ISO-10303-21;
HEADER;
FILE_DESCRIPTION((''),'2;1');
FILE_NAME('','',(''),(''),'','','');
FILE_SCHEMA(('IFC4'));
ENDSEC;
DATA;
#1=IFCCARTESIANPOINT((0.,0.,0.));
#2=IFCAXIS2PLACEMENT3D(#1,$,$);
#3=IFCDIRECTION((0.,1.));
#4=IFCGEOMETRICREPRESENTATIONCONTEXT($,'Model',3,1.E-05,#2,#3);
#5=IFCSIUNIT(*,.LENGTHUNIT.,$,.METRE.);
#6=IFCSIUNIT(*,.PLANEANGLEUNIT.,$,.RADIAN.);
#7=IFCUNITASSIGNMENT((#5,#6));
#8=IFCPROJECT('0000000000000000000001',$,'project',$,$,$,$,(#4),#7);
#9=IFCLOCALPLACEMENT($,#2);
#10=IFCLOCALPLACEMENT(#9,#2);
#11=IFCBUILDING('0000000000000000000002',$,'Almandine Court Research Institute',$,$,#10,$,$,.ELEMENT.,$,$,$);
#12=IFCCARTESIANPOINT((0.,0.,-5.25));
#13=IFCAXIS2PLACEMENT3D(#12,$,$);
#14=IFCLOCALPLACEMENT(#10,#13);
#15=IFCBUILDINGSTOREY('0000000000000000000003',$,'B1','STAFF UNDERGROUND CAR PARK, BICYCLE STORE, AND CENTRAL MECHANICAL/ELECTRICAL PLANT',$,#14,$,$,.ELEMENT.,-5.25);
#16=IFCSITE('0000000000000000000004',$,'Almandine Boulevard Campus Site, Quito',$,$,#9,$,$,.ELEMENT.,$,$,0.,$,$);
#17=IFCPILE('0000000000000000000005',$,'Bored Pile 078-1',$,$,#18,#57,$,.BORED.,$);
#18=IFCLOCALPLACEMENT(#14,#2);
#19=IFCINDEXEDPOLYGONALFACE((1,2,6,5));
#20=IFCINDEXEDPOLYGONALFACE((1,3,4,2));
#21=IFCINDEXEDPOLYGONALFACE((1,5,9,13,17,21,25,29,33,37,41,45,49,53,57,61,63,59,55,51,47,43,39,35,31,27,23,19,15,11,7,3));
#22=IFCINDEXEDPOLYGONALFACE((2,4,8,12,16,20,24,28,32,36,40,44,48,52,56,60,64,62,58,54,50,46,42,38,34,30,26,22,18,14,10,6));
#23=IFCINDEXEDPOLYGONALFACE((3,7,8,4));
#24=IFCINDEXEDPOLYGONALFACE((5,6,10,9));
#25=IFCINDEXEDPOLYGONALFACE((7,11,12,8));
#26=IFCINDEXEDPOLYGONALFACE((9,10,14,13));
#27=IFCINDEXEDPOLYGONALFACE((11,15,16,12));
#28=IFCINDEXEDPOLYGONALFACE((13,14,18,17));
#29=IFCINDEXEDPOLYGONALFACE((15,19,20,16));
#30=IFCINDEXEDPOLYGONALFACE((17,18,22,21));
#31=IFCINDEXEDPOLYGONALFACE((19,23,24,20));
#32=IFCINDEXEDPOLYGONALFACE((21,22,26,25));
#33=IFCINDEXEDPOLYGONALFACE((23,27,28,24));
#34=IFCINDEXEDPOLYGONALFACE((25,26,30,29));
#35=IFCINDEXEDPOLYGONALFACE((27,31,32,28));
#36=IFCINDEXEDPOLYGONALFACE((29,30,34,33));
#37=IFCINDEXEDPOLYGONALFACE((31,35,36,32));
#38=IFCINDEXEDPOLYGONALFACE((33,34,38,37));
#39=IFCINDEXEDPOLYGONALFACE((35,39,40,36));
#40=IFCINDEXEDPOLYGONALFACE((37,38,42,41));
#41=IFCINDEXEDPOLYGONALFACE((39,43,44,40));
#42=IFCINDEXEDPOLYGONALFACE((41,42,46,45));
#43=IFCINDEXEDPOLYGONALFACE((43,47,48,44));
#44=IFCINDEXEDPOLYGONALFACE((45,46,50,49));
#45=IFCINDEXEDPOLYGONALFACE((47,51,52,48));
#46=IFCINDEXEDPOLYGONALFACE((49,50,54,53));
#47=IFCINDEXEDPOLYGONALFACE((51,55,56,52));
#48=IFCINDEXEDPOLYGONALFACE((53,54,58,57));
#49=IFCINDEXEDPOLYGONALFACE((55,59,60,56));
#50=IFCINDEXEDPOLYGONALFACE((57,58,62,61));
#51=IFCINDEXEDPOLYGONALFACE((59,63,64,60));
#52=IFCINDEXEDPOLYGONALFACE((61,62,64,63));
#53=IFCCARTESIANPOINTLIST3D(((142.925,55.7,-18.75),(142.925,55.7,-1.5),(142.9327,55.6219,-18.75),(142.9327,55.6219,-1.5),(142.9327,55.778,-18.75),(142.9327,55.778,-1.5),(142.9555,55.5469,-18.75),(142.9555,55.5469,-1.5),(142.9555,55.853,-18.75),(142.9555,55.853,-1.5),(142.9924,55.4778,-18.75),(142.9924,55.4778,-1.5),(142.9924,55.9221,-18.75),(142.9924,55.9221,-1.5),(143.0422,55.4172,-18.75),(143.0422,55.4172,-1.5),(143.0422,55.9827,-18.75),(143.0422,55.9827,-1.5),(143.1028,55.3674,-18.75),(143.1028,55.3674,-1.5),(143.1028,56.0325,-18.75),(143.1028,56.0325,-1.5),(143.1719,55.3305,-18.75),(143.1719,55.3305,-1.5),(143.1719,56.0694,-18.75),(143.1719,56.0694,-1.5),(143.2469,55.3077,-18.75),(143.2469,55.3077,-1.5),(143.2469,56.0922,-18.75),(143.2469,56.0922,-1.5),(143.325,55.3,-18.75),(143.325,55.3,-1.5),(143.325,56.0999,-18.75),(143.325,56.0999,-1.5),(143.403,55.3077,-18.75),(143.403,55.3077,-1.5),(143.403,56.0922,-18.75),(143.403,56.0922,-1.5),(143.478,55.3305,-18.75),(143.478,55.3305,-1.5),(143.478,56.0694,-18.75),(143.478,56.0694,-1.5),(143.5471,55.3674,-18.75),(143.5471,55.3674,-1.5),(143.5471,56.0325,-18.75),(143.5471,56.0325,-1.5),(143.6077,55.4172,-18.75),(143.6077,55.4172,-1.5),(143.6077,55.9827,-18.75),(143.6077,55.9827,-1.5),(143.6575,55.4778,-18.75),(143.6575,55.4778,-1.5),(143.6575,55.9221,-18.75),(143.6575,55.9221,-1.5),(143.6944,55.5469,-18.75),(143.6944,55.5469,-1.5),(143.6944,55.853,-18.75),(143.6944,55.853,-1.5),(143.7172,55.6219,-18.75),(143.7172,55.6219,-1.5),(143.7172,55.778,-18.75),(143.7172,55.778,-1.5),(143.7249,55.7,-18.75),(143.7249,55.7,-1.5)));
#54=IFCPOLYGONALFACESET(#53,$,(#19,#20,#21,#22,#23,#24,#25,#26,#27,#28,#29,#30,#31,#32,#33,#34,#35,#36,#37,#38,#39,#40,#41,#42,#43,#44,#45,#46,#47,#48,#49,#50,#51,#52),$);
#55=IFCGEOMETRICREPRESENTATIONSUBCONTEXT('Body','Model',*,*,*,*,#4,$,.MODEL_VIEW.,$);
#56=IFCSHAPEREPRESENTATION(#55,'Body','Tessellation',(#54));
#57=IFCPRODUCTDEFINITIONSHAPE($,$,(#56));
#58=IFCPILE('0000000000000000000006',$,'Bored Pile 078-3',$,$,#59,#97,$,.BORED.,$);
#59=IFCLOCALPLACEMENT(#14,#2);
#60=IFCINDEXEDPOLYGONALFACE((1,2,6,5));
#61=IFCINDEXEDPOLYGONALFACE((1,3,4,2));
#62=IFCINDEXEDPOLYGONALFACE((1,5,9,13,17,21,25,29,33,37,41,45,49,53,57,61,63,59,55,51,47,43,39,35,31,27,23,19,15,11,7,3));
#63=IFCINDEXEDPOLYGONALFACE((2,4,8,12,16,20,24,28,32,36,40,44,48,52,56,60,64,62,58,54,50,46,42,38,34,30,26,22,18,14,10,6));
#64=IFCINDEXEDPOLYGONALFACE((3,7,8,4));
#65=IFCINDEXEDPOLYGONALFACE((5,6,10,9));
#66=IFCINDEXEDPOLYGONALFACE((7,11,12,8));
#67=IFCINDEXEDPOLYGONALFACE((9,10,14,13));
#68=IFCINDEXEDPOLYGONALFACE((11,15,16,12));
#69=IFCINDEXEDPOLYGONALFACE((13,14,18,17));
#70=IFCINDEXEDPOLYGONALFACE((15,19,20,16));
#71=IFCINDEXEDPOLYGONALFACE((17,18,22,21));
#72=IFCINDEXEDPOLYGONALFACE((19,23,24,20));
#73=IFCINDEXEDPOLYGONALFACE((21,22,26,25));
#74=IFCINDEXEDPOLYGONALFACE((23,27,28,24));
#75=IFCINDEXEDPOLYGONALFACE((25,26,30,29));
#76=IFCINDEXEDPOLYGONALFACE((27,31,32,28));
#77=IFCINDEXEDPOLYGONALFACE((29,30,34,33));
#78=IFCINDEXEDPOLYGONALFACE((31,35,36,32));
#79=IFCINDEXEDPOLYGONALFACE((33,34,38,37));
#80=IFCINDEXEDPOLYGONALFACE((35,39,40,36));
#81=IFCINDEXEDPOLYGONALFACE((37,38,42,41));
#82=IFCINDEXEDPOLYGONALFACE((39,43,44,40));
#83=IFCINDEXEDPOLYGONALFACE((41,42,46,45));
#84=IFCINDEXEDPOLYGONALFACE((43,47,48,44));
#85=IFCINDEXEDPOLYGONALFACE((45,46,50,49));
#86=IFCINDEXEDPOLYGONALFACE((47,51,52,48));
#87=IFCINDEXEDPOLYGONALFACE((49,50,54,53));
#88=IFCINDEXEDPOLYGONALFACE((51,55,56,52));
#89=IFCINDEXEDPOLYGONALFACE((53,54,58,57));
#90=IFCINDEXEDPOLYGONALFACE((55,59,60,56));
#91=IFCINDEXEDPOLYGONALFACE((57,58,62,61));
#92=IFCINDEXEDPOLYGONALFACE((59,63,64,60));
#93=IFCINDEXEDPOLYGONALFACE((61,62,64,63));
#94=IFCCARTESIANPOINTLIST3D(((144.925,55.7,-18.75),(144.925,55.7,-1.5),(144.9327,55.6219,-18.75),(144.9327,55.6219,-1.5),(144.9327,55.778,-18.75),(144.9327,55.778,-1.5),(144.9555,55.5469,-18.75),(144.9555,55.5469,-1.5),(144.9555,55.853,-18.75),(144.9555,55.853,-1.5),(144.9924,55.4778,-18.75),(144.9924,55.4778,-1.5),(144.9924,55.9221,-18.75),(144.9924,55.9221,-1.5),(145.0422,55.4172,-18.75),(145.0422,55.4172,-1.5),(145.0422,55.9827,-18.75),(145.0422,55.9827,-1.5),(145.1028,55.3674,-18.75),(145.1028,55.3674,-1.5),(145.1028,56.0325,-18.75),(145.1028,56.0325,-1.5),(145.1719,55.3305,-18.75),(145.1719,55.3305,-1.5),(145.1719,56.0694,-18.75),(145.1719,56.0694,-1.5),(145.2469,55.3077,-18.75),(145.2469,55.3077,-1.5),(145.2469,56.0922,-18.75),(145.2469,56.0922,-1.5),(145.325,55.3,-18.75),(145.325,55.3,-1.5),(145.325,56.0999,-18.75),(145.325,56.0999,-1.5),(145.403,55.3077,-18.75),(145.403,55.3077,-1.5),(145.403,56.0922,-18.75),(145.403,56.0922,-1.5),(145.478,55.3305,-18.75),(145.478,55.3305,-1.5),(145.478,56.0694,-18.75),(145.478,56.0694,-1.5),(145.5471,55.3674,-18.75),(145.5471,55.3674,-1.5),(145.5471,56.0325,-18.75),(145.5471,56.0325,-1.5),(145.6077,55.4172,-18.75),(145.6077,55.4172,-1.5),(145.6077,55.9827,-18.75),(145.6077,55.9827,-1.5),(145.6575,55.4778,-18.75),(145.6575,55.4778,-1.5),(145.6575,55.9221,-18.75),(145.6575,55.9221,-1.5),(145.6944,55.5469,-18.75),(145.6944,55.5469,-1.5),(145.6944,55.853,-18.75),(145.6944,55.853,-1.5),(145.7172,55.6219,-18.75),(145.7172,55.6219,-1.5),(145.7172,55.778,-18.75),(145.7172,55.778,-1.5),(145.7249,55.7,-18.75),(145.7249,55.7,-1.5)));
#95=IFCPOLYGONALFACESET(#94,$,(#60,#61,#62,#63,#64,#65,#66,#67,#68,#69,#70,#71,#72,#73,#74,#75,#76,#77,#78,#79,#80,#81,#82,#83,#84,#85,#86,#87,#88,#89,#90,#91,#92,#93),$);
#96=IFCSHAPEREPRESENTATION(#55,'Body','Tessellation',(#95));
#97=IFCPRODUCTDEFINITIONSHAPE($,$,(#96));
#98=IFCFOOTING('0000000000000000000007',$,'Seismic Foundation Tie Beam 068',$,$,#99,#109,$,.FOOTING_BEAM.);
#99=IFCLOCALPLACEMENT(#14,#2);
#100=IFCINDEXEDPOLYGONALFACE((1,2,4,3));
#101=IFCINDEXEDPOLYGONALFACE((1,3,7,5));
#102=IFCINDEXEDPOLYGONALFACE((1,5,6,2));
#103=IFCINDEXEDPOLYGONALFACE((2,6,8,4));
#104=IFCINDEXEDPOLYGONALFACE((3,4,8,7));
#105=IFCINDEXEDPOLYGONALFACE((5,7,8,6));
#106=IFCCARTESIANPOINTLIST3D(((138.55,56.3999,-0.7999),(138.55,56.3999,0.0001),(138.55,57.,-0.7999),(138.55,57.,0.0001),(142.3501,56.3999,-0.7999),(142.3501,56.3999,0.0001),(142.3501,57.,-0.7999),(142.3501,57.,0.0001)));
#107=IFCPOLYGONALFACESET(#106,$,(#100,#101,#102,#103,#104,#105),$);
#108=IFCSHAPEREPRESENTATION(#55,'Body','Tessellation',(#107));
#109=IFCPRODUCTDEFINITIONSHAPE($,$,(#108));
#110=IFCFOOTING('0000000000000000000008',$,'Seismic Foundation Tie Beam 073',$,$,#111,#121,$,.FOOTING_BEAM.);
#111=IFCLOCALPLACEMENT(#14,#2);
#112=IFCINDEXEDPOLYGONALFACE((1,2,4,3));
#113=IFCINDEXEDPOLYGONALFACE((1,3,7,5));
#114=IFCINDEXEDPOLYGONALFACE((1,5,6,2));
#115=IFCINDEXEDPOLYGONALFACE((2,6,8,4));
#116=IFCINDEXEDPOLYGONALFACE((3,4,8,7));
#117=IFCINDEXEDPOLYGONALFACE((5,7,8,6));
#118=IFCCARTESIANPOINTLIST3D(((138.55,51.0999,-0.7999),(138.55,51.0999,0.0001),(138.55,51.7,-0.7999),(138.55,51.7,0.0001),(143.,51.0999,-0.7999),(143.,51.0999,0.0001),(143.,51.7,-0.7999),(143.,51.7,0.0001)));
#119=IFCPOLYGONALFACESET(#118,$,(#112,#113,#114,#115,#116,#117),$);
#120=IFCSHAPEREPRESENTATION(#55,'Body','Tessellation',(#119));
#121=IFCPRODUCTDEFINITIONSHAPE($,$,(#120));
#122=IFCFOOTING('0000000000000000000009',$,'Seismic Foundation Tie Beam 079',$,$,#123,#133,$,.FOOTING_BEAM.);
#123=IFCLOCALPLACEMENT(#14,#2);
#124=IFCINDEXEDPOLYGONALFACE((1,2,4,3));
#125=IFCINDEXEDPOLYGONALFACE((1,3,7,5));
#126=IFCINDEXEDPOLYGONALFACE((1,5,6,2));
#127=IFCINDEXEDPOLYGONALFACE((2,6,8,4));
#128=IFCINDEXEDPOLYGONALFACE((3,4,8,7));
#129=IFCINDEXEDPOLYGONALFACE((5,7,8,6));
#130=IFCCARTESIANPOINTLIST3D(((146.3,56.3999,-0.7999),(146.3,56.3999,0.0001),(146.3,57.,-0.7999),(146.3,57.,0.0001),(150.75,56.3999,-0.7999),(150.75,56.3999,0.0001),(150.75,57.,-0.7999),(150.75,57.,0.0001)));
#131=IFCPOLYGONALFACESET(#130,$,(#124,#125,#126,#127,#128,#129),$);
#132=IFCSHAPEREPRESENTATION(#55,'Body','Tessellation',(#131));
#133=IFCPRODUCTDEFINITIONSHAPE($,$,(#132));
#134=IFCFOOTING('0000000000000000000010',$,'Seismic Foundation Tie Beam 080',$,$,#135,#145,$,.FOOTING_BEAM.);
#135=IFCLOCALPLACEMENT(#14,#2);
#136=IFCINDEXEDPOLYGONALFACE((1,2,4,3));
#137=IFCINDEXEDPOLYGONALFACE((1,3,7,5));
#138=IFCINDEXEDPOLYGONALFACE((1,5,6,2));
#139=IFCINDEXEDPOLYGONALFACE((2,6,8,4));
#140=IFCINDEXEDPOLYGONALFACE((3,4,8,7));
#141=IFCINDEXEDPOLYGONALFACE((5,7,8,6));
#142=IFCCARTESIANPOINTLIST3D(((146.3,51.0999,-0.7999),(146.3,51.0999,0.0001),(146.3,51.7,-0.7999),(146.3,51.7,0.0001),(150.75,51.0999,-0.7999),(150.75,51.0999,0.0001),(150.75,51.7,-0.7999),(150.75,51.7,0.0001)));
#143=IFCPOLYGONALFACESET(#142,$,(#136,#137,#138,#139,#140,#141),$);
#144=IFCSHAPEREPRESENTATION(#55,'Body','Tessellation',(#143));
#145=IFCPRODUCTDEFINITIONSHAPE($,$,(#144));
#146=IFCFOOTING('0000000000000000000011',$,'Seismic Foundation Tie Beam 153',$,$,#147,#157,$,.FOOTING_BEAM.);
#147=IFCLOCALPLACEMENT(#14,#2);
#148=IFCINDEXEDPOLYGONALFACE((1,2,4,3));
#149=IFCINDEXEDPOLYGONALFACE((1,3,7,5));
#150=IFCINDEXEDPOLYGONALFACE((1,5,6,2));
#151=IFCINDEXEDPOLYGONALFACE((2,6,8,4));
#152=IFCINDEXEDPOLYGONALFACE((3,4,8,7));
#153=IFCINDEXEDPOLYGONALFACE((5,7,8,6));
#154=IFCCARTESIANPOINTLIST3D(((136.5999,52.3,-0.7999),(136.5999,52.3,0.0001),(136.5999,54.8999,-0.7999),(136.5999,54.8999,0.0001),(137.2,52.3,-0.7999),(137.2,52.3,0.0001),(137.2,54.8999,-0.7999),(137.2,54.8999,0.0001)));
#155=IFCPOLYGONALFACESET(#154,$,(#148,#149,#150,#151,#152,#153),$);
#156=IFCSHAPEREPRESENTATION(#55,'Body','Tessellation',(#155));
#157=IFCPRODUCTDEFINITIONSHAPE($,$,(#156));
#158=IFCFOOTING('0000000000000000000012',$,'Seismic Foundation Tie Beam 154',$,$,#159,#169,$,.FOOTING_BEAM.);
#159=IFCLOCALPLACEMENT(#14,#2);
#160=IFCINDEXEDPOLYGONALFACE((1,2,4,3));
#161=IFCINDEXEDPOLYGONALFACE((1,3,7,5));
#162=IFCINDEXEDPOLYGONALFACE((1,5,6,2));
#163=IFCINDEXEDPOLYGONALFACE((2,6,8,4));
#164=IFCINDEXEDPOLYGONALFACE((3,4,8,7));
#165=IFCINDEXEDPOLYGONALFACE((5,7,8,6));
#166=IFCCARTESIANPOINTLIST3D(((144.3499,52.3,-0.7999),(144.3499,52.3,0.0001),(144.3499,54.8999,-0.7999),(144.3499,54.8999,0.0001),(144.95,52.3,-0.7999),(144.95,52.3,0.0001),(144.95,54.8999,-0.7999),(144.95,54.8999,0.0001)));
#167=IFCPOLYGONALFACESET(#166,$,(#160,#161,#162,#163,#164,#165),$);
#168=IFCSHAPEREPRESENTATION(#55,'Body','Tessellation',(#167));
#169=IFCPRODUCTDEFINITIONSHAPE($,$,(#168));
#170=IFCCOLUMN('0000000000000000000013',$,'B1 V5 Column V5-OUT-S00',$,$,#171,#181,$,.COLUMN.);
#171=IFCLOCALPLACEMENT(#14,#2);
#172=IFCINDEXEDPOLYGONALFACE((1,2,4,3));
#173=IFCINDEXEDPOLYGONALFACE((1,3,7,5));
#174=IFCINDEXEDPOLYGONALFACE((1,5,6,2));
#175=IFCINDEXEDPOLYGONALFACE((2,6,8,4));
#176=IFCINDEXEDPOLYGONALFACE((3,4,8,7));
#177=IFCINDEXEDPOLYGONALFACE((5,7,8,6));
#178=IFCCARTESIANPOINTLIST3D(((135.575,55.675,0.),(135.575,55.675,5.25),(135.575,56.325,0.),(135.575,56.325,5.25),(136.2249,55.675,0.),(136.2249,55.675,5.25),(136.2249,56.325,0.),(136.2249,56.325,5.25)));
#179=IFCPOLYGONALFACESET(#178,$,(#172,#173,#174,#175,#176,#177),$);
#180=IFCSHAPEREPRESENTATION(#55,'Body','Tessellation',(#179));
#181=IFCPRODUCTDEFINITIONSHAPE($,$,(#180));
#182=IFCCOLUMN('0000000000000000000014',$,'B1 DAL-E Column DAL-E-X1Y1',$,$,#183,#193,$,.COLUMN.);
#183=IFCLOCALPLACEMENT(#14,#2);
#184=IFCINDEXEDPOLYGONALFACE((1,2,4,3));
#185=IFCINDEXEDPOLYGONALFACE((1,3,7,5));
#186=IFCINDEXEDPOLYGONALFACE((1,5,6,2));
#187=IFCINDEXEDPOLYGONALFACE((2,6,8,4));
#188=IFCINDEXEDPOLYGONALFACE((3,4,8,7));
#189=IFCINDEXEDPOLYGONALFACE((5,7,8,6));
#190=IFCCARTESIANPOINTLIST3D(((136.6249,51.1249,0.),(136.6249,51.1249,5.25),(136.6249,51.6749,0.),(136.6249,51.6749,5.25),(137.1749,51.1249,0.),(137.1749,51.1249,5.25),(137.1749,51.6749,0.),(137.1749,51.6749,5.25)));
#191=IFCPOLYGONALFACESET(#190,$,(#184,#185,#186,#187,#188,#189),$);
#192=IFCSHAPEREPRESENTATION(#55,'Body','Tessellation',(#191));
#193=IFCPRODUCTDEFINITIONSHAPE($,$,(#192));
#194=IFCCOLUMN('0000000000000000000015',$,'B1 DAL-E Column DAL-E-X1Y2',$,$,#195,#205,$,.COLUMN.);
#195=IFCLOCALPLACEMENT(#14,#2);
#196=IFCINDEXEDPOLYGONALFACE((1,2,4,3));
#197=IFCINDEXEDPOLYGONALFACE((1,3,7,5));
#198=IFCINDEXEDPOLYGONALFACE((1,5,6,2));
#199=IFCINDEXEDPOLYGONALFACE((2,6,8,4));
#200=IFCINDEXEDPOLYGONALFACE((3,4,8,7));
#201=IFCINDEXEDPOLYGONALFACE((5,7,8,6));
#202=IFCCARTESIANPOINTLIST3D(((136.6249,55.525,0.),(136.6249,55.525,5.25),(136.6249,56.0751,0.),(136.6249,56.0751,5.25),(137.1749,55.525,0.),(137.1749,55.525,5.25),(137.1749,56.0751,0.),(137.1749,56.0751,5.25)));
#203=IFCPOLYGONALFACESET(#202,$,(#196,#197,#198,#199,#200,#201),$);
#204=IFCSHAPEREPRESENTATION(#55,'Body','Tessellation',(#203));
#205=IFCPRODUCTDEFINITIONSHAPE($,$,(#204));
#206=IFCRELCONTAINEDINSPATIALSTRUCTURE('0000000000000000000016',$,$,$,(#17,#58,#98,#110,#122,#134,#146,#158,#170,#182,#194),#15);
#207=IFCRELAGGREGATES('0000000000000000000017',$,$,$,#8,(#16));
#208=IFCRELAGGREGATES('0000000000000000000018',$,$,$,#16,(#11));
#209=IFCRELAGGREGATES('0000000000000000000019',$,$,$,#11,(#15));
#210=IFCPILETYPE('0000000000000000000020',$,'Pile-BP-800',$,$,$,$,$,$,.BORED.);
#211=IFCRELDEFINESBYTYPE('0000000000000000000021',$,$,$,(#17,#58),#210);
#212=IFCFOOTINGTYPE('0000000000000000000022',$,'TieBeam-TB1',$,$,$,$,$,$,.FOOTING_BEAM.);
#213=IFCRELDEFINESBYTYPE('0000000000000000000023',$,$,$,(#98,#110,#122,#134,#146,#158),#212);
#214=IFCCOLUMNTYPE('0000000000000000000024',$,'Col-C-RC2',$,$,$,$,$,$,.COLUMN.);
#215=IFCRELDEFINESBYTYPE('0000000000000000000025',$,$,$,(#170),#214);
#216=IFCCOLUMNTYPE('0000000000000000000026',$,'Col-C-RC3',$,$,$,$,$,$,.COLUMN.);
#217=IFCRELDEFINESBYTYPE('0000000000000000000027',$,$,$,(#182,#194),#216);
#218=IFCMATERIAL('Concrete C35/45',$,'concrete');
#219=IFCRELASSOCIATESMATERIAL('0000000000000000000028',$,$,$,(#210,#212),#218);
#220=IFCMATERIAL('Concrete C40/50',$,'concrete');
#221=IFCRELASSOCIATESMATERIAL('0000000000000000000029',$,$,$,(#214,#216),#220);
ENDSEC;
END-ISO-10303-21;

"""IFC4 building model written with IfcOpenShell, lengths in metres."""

from ifc_helpers import new_model, si_unit, direction, frame, origin, origin_2d, place, context, subcontext, project, spatial, rectangle, circle, extrude, material, material_profile, profile_set, type_object, element, save


model = new_model("IFC4")

# Units and contexts
model_context = context("Model", 3, precision=1e-05, world=origin(), true_north=direction((0.0, 1.0)))
body_context = subcontext(model_context, "Body", "Model", "MODEL_VIEW")
ifc_project = project(units=[si_unit("LENGTHUNIT", "METRE"), si_unit("PLANEANGLEUNIT", "RADIAN")], contexts=[model_context])

# Site, building, storey
site_placement = place(None, origin())
site = spatial("IfcSite", under=ifc_project, at=site_placement, Name="Almandine Boulevard Campus Site, Quito", CompositionType="ELEMENT", RefElevation=0.0)
building_placement = place(site_placement, origin())
building = spatial("IfcBuilding", under=site, at=building_placement, Name="Almandine Court Research Institute", CompositionType="ELEMENT")
storey_placement = place(building_placement, frame((0.0, 0.0, -5.25)))
storey = spatial("IfcBuildingStorey", under=building, at=storey_placement, Name="B1", Description="STAFF UNDERGROUND CAR PARK, BICYCLE STORE, AND CENTRAL MECHANICAL/ELECTRICAL PLANT", CompositionType="ELEMENT", Elevation=-5.25)

# Shared definitions
ifc_material_1 = material(Name="Concrete C35/45", Category="concrete")

# Piles
ifc_material_profile_1 = material_profile(ifc_material_1, circle(Radius=0.3999, at=origin_2d()), Name="BORED PILE D800")
ifc_profile_set_1 = profile_set([ifc_material_profile_1], Name="Concrete C35/45")
pile_type = type_object("IfcPileType", Name="Pile-BP-800", PredefinedType="BORED", material=ifc_profile_set_1)
for number, where, z_axis, x_axis, name in (
    (1, (143.325, 55.7, -1.5), (0.0, 0.0, -1.0), (1.0, 0.0, 0.0), "Bored Pile 078-1"),
    (2, (145.325, 55.7, -1.5), (0.0, 0.0, -1.0), (1.0, 0.0, 0.0), "Bored Pile 078-3"),
):
    element("IfcPile", number, at=place(storey_placement, frame(where, z_axis=z_axis, x_axis=x_axis)), inside=storey, type_object=pile_type, Name=name, PredefinedType="BORED", context=body_context, shape_type="SweptSolid", body=[
        extrude(circle(Radius=0.3999, at=origin_2d()), origin(), (0.0, 0.0, 1.0), 17.25),
    ])

# Footings
ifc_material_profile_2 = material_profile(ifc_material_1, rectangle(XDim=0.6001, YDim=0.8, at=origin_2d()), Name="RC TIE 600x800")
ifc_profile_set_2 = profile_set([ifc_material_profile_2], Name="Concrete C35/45")
footing_type_1 = type_object("IfcFootingType", Name="TieBeam-TB1", PredefinedType="FOOTING_BEAM", material=ifc_profile_set_2)
footing_1_placement = place(storey_placement, frame((138.55, 56.7, -0.3999), z_axis=(1.0, 0.0, 0.0), x_axis=(0.0, 1.0, 0.0)))
element("IfcFooting", 3, at=footing_1_placement, inside=storey, type_object=footing_type_1, Name="Seismic Foundation Tie Beam 068", PredefinedType="FOOTING_BEAM", context=body_context, shape_type="SweptSolid", body=[
    extrude(rectangle(XDim=0.6001, YDim=0.8, at=origin_2d()), origin(), (0.0, 0.0, 1.0), 3.8),
])
for number, where, z_axis, x_axis, name in (
    (4, (138.55, 51.3999, -0.3999), (1.0, 0.0, 0.0), (0.0, 1.0, 0.0), "Seismic Foundation Tie Beam 073"),
    (5, (146.3, 56.7, -0.3999), (1.0, 0.0, 0.0), (0.0, 1.0, 0.0), "Seismic Foundation Tie Beam 079"),
    (6, (146.3, 51.3999, -0.3999), (1.0, 0.0, 0.0), (0.0, 1.0, 0.0), "Seismic Foundation Tie Beam 080"),
):
    element("IfcFooting", number, at=place(storey_placement, frame(where, z_axis=z_axis, x_axis=x_axis)), inside=storey, type_object=footing_type_1, Name=name, PredefinedType="FOOTING_BEAM", context=body_context, shape_type="SweptSolid", body=[
        extrude(rectangle(XDim=0.6001, YDim=0.8, at=origin_2d()), origin(), (0.0, 0.0, 1.0), 4.45),
    ])
for number, where, z_axis, x_axis, name in (
    (7, (136.8999, 52.3, -0.3999), (0.0, 1.0, 0.0), (-1.0, 0.0, 0.0), "Seismic Foundation Tie Beam 153"),
    (8, (144.6499, 52.3, -0.3999), (0.0, 1.0, 0.0), (-1.0, 0.0, 0.0), "Seismic Foundation Tie Beam 154"),
):
    element("IfcFooting", number, at=place(storey_placement, frame(where, z_axis=z_axis, x_axis=x_axis)), inside=storey, type_object=footing_type_1, Name=name, PredefinedType="FOOTING_BEAM", context=body_context, shape_type="SweptSolid", body=[
        extrude(rectangle(XDim=0.6001, YDim=0.8, at=origin_2d()), origin(), (0.0, 0.0, 1.0), 2.5999),
    ])

# Columns
ifc_material_2 = material(Name="Concrete C40/50", Category="concrete")
ifc_material_profile_3 = material_profile(ifc_material_2, rectangle(XDim=0.6499, YDim=0.6499, at=origin_2d()), Name="RC 650x650")
ifc_profile_set_3 = profile_set([ifc_material_profile_3], Name="Concrete C40/50")
column_type_1 = type_object("IfcColumnType", Name="Col-C-RC2", PredefinedType="COLUMN", material=ifc_profile_set_3)
column_placement = place(storey_placement, frame((135.8999, 56.0, 0.0), z_axis=(0.0, 0.0, 1.0), x_axis=(1.0, 0.0, 0.0)))
element("IfcColumn", 9, at=column_placement, inside=storey, type_object=column_type_1, Name="B1 V5 Column V5-OUT-S00", PredefinedType="COLUMN", context=body_context, shape_type="SweptSolid", body=[
    extrude(rectangle(XDim=0.6499, YDim=0.6499, at=origin_2d()), origin(), (0.0, 0.0, 1.0), 5.25),
])
ifc_material_profile_4 = material_profile(ifc_material_2, rectangle(XDim=0.55, YDim=0.55, at=origin_2d()), Name="RC 550x550")
ifc_profile_set_4 = profile_set([ifc_material_profile_4], Name="Concrete C40/50")
column_type_2 = type_object("IfcColumnType", Name="Col-C-RC3", PredefinedType="COLUMN", material=ifc_profile_set_4)
for number, where, z_axis, x_axis, name in (
    (10, (136.8999, 51.3999, 0.0), (0.0, 0.0, 1.0), (1.0, 0.0, 0.0), "B1 DAL-E Column DAL-E-X1Y1"),
    (11, (136.8999, 55.8, 0.0), (0.0, 0.0, 1.0), (1.0, 0.0, 0.0), "B1 DAL-E Column DAL-E-X1Y2"),
):
    element("IfcColumn", number, at=place(storey_placement, frame(where, z_axis=z_axis, x_axis=x_axis)), inside=storey, type_object=column_type_2, Name=name, PredefinedType="COLUMN", context=body_context, shape_type="SweptSolid", body=[
        extrude(rectangle(XDim=0.55, YDim=0.55, at=origin_2d()), origin(), (0.0, 0.0, 1.0), 5.25),
    ])

save(model, "model.ifc")
